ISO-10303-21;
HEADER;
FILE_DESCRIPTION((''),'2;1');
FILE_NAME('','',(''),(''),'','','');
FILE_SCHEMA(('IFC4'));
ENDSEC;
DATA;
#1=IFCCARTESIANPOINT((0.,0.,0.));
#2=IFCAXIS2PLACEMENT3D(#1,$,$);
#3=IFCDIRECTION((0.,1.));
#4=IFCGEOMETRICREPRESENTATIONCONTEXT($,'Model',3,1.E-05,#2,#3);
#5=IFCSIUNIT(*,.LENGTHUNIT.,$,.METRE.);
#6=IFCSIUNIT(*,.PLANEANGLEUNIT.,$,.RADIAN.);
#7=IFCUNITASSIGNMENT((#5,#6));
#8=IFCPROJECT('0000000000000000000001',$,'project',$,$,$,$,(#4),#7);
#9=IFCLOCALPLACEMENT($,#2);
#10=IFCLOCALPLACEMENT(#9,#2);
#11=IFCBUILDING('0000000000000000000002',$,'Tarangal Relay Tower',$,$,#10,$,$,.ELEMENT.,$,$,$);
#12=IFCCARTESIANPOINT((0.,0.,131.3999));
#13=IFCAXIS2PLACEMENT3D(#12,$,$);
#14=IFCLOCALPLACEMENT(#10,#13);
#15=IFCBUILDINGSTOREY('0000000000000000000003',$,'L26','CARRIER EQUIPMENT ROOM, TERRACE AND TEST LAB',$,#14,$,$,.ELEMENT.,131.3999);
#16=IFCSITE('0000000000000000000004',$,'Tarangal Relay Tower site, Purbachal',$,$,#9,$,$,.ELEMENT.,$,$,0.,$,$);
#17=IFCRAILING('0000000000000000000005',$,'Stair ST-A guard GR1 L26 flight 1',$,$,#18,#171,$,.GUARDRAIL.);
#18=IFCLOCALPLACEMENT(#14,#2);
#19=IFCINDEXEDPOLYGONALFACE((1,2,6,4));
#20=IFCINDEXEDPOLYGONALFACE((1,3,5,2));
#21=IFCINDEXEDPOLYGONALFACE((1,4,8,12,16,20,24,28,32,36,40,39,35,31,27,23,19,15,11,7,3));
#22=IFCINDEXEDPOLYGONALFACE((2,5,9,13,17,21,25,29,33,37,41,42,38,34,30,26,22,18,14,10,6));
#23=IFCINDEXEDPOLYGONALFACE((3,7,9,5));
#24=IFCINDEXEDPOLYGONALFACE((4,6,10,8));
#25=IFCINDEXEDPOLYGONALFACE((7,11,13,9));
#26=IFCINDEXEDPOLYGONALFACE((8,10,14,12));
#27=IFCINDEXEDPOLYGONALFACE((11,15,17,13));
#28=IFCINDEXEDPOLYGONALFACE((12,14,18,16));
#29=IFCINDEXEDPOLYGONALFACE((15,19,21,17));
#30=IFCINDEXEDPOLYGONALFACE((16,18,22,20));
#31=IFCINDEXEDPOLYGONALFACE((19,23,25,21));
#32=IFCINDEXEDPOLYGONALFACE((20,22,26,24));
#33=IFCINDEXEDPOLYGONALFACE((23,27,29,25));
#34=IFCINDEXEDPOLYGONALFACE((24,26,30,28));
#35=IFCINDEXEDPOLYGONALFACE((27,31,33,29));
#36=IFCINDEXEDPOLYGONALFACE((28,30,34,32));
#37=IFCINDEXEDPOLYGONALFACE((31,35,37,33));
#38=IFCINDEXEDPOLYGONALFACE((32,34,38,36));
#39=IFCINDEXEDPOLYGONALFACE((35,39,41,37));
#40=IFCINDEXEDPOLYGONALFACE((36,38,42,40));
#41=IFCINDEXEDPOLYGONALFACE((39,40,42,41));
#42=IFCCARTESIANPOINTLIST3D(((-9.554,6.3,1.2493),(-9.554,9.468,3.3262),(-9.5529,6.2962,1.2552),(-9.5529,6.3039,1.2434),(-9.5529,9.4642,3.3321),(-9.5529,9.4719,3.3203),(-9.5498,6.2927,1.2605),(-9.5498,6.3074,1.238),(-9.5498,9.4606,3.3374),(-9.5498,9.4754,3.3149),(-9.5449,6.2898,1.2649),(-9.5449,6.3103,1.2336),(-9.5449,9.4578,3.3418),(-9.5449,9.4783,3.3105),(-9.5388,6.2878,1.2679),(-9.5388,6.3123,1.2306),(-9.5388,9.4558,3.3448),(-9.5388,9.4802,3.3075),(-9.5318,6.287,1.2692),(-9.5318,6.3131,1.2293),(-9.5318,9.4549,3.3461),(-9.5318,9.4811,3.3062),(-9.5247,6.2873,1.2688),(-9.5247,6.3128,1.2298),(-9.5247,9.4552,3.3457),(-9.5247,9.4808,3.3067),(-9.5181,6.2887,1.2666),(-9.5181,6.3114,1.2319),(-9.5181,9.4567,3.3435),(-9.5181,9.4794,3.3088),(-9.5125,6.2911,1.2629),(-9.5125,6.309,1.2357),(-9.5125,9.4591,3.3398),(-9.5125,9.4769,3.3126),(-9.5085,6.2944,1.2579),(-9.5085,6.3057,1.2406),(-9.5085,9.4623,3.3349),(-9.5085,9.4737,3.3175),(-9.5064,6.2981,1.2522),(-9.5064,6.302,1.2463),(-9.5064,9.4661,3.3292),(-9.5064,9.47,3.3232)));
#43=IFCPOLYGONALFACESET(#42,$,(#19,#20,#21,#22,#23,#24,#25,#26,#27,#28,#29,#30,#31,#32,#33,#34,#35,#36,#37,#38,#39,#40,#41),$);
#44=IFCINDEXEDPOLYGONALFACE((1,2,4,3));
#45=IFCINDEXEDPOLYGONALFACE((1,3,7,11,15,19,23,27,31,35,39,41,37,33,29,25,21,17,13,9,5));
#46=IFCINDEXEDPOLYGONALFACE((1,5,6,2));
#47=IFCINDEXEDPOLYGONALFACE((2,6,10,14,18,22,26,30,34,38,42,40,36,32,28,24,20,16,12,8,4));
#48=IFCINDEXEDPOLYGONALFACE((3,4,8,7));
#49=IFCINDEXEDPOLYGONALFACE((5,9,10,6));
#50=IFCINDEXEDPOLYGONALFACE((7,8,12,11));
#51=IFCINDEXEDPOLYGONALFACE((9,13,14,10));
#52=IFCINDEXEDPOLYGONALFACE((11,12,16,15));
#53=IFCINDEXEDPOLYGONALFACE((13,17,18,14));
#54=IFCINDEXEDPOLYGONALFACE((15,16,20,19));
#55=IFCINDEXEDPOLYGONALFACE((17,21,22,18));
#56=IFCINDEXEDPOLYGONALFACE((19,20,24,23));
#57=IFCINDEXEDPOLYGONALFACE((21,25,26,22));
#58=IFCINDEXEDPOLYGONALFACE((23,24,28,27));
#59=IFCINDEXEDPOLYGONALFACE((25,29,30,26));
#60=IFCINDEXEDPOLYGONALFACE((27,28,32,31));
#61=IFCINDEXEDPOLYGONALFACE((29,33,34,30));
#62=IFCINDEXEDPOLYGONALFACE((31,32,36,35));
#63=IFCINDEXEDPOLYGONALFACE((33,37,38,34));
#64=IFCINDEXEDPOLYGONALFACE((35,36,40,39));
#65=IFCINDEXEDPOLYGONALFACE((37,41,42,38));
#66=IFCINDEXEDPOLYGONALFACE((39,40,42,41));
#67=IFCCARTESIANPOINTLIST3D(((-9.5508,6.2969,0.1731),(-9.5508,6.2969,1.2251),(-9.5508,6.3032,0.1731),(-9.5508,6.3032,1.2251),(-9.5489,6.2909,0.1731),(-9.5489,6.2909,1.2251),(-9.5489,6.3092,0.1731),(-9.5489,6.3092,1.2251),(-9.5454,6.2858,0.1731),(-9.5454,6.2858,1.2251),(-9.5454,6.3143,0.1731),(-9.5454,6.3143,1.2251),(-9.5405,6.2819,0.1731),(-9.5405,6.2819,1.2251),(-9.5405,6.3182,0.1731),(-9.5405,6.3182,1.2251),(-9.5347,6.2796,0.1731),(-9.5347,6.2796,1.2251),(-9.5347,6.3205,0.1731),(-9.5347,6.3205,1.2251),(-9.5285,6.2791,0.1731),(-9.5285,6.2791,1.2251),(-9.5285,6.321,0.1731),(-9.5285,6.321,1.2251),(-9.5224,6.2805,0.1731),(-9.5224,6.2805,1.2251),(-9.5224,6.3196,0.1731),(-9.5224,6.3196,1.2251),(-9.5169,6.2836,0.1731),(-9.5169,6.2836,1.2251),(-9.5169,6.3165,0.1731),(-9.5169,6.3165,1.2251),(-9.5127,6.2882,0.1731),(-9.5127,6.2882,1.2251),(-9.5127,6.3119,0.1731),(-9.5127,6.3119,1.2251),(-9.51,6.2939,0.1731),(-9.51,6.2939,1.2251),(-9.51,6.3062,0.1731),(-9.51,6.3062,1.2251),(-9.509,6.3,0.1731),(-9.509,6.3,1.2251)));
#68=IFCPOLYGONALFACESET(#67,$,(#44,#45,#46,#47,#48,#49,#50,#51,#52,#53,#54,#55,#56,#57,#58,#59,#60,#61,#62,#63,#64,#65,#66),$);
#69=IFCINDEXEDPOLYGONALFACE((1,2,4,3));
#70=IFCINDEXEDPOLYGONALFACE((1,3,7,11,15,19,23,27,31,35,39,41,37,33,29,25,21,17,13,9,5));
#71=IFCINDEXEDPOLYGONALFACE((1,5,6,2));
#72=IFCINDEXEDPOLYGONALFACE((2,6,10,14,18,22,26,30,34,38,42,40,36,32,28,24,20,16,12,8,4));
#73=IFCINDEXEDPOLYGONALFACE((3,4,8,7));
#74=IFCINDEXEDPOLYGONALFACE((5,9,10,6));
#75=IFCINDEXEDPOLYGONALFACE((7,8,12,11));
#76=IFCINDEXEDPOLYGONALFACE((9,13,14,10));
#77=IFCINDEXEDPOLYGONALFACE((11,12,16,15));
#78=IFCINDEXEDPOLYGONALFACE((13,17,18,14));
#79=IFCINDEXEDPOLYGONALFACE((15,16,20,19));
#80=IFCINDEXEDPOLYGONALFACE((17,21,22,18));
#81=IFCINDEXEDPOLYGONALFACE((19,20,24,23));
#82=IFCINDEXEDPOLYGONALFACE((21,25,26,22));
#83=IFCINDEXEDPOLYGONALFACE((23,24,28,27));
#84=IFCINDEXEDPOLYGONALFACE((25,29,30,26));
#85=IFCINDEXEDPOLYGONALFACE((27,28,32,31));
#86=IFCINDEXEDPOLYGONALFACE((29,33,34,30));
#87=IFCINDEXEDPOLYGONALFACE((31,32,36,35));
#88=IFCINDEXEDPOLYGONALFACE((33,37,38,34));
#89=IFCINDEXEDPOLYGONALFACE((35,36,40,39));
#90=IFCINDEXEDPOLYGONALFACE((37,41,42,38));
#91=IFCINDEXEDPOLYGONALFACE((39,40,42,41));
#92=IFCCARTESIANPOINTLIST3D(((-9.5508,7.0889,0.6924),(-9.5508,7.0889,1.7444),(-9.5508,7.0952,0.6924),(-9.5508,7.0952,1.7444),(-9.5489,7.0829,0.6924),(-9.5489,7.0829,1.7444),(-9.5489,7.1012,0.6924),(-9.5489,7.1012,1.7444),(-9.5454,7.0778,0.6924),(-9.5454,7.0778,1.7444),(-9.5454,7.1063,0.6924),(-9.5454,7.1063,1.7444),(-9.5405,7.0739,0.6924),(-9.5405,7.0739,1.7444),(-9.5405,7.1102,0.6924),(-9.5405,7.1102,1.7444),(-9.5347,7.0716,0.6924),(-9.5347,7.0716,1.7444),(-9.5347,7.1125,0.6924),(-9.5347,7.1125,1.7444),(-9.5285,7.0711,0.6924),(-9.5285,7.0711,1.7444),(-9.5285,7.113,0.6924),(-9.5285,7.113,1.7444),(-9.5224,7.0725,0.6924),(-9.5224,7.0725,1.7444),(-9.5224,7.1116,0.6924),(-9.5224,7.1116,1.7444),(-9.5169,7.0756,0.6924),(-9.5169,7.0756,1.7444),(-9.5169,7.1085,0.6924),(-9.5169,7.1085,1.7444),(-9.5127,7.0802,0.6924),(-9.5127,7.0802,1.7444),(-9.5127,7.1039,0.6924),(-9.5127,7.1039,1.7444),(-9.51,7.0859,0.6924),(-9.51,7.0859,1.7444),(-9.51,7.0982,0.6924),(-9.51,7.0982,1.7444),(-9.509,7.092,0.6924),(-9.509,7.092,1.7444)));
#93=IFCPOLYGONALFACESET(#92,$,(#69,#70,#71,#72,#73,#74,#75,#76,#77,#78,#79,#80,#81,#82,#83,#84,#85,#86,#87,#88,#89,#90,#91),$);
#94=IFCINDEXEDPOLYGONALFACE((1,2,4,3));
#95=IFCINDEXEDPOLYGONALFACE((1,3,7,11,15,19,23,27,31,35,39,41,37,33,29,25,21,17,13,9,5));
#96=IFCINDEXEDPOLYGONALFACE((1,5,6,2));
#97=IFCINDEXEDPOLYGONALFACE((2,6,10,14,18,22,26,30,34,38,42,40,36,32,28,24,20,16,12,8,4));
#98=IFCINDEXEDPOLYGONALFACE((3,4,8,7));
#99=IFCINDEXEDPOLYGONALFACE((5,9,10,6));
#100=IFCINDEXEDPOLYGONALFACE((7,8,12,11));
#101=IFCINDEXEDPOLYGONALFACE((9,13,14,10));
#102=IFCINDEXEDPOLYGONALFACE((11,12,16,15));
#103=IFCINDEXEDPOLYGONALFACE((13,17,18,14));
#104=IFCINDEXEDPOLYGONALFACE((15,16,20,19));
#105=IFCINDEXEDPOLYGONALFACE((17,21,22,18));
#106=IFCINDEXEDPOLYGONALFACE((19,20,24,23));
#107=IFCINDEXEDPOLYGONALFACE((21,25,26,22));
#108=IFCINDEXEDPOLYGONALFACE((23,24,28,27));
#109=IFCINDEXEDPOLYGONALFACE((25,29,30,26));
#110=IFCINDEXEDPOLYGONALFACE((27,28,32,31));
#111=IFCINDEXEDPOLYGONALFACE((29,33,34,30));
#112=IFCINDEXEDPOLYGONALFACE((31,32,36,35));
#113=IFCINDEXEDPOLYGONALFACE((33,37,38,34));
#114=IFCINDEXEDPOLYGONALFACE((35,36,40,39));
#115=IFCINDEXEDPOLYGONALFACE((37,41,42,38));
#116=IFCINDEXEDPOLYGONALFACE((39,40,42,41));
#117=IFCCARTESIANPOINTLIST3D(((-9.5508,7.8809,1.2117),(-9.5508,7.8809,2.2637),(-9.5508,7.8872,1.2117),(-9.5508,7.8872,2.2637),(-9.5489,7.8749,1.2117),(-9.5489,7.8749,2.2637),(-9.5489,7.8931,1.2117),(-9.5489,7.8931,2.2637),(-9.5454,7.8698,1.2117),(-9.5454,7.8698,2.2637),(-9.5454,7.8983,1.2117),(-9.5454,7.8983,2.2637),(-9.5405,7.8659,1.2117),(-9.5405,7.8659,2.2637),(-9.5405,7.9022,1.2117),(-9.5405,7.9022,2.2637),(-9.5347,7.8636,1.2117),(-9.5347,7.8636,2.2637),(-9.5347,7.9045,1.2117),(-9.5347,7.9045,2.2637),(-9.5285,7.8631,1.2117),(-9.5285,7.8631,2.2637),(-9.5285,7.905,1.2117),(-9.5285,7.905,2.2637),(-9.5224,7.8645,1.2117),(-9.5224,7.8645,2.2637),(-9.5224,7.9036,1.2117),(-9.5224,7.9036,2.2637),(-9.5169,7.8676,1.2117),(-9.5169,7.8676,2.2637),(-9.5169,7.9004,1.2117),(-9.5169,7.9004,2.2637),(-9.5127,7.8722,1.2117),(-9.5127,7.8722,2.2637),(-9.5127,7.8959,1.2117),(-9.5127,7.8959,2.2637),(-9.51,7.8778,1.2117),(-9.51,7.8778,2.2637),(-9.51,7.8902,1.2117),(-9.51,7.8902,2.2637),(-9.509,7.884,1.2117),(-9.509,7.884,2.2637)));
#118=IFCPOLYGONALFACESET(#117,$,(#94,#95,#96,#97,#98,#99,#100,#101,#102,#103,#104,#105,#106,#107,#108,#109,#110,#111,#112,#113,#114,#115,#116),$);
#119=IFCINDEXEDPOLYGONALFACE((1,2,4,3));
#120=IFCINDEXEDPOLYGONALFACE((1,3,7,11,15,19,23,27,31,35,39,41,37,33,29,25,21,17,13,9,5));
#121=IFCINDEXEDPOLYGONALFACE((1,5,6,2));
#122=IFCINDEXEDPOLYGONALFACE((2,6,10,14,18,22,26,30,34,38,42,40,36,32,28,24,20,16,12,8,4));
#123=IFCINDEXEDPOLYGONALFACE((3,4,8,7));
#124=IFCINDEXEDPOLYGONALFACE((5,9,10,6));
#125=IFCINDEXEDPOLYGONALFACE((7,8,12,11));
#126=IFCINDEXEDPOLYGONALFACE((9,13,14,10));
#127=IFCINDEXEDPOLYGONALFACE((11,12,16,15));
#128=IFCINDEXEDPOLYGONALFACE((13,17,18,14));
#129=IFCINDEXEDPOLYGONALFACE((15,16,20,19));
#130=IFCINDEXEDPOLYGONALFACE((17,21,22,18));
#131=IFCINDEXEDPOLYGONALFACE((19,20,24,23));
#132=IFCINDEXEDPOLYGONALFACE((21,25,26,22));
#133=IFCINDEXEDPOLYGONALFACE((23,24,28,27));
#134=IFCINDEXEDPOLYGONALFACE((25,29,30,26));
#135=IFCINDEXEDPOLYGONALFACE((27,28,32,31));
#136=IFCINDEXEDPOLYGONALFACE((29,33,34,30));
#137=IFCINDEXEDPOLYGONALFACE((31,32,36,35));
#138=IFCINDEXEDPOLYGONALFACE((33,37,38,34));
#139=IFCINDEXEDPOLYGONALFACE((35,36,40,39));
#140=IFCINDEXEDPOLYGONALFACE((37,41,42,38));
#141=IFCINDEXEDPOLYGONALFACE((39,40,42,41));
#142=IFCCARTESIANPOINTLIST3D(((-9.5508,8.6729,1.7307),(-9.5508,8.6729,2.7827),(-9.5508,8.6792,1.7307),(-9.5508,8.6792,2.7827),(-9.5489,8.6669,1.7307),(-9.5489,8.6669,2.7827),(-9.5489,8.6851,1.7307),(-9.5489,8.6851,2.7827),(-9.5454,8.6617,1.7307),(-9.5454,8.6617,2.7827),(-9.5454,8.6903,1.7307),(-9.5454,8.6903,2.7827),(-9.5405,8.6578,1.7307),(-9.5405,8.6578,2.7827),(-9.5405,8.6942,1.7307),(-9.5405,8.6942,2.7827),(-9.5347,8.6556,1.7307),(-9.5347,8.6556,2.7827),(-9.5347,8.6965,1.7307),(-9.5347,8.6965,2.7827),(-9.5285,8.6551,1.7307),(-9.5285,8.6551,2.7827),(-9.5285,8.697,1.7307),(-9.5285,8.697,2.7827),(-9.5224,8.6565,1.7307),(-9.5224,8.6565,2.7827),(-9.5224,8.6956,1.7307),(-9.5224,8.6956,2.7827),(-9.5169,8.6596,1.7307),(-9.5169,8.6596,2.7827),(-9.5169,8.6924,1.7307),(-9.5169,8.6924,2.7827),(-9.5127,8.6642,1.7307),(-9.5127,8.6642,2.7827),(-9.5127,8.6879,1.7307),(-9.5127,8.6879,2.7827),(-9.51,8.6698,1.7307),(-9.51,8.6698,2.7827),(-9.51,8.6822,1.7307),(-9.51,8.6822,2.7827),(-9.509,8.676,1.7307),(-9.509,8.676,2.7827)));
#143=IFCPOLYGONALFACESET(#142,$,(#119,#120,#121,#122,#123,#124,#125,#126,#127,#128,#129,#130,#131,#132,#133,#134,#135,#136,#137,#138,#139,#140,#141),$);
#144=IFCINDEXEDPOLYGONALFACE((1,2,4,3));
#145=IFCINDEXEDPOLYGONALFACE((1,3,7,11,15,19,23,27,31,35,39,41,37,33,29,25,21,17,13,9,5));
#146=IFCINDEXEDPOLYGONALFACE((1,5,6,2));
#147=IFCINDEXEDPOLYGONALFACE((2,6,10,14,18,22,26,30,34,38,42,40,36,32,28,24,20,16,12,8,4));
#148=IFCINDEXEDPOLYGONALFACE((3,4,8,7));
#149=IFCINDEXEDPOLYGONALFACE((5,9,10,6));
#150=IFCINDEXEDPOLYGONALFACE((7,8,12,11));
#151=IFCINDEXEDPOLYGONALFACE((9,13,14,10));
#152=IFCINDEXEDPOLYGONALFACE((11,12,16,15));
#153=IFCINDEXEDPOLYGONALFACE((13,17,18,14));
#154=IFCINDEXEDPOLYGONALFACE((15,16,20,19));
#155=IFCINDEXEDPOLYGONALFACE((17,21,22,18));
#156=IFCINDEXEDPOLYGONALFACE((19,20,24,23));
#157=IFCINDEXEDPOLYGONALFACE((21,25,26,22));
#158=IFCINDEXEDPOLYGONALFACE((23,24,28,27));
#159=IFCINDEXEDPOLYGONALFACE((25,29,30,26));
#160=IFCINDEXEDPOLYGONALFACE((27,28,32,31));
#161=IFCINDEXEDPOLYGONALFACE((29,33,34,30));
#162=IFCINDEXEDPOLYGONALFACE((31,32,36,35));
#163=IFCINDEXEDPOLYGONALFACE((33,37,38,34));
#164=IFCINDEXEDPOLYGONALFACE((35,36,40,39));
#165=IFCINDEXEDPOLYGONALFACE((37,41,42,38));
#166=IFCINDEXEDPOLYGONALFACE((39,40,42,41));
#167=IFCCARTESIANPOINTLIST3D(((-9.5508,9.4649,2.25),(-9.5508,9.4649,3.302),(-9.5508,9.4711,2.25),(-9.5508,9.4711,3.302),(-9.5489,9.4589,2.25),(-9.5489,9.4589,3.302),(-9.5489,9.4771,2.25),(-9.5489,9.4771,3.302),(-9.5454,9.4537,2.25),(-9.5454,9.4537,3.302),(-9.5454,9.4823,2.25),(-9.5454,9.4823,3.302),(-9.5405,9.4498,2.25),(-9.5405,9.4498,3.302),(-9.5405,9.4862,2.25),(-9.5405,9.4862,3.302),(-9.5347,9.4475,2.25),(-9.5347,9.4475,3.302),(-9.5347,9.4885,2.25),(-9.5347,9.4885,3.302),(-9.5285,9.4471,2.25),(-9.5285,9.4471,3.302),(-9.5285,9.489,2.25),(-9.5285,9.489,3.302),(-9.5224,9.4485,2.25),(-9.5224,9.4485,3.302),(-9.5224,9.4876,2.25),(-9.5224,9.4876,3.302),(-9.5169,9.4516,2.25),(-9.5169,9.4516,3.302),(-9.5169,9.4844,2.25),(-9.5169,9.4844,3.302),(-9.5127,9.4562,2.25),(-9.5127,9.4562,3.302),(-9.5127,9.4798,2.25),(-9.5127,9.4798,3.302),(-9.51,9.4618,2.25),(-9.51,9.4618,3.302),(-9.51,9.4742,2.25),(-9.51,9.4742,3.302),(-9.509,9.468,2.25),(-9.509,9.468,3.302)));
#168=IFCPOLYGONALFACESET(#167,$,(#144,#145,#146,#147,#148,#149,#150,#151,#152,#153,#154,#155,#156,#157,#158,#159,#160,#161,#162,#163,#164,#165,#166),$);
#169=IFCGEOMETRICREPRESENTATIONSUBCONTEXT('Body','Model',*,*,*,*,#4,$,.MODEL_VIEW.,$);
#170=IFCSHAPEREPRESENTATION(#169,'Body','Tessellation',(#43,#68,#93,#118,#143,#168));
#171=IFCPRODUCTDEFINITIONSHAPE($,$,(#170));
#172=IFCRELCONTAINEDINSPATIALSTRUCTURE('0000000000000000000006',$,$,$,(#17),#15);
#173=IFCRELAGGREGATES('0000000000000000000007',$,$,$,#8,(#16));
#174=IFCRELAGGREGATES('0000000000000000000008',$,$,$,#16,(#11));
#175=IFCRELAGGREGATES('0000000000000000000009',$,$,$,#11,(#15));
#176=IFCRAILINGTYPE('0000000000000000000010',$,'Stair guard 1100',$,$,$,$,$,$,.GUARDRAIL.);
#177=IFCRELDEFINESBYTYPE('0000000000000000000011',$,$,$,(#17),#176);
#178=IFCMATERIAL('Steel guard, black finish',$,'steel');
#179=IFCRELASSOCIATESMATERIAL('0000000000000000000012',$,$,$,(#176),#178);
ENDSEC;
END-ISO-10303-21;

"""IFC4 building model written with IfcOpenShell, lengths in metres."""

from ifc_helpers import new_model, si_unit, direction, frame, origin, origin_2d, place, context, subcontext, project, spatial, circle, extrude, material, type_object, element, save


model = new_model("IFC4")

# Units and contexts
model_context = context("Model", 3, precision=1e-05, world=origin(), true_north=direction((0.0, 1.0)))
body_context = subcontext(model_context, "Body", "Model", "MODEL_VIEW")
ifc_project = project(units=[si_unit("LENGTHUNIT", "METRE"), si_unit("PLANEANGLEUNIT", "RADIAN")], contexts=[model_context])

# Site, building, storey
site_placement = place(None, origin())
site = spatial("IfcSite", under=ifc_project, at=site_placement, Name="Tarangal Relay Tower site, Purbachal", CompositionType="ELEMENT", RefElevation=0.0)
building_placement = place(site_placement, origin())
building = spatial("IfcBuilding", under=site, at=building_placement, Name="Tarangal Relay Tower", CompositionType="ELEMENT")
storey_placement = place(building_placement, frame((0.0, 0.0, 131.3999)))
storey = spatial("IfcBuildingStorey", under=building, at=storey_placement, Name="L26", Description="CARRIER EQUIPMENT ROOM, TERRACE AND TEST LAB", CompositionType="ELEMENT", Elevation=131.3999)

# Railing
ifc_material_1 = material(Name="Steel guard, black finish", Category="steel")
railing_type = type_object("IfcRailingType", Name="Stair guard 1100", PredefinedType="GUARDRAIL", material=ifc_material_1)
railing_1_placement = place(storey_placement, frame((-9.53, 6.3, 0.1731)))
element("IfcRailing", 1, at=railing_1_placement, inside=storey, type_object=railing_type, Name="Stair ST-A guard GR1 L26 flight 1", PredefinedType="GUARDRAIL", context=body_context, shape_type="SweptSolid", body=[
    extrude(circle(Radius=0.0239, at=origin_2d()), frame((0.0, 0.0, 1.0762), z_axis=(0.0, 0.836299, 0.548273), x_axis=(-1.0, 0.0, 0.0)), (0.0, 0.0, 1.0), 3.7881),
    extrude(circle(Radius=0.021, at=origin_2d()), origin(), (0.0, 0.0, 1.0), 1.052),
    extrude(circle(Radius=0.021, at=origin_2d()), frame((0.0, 0.792, 0.5193)), (0.0, 0.0, 1.0), 1.052),
    extrude(circle(Radius=0.021, at=origin_2d()), frame((0.0, 1.584, 1.0386)), (0.0, 0.0, 1.0), 1.052),
    extrude(circle(Radius=0.021, at=origin_2d()), frame((0.0, 2.376, 1.5576)), (0.0, 0.0, 1.0), 1.052),
    extrude(circle(Radius=0.021, at=origin_2d()), frame((0.0, 3.168, 2.0769)), (0.0, 0.0, 1.0), 1.052),
])

save(model, "model.ifc")
